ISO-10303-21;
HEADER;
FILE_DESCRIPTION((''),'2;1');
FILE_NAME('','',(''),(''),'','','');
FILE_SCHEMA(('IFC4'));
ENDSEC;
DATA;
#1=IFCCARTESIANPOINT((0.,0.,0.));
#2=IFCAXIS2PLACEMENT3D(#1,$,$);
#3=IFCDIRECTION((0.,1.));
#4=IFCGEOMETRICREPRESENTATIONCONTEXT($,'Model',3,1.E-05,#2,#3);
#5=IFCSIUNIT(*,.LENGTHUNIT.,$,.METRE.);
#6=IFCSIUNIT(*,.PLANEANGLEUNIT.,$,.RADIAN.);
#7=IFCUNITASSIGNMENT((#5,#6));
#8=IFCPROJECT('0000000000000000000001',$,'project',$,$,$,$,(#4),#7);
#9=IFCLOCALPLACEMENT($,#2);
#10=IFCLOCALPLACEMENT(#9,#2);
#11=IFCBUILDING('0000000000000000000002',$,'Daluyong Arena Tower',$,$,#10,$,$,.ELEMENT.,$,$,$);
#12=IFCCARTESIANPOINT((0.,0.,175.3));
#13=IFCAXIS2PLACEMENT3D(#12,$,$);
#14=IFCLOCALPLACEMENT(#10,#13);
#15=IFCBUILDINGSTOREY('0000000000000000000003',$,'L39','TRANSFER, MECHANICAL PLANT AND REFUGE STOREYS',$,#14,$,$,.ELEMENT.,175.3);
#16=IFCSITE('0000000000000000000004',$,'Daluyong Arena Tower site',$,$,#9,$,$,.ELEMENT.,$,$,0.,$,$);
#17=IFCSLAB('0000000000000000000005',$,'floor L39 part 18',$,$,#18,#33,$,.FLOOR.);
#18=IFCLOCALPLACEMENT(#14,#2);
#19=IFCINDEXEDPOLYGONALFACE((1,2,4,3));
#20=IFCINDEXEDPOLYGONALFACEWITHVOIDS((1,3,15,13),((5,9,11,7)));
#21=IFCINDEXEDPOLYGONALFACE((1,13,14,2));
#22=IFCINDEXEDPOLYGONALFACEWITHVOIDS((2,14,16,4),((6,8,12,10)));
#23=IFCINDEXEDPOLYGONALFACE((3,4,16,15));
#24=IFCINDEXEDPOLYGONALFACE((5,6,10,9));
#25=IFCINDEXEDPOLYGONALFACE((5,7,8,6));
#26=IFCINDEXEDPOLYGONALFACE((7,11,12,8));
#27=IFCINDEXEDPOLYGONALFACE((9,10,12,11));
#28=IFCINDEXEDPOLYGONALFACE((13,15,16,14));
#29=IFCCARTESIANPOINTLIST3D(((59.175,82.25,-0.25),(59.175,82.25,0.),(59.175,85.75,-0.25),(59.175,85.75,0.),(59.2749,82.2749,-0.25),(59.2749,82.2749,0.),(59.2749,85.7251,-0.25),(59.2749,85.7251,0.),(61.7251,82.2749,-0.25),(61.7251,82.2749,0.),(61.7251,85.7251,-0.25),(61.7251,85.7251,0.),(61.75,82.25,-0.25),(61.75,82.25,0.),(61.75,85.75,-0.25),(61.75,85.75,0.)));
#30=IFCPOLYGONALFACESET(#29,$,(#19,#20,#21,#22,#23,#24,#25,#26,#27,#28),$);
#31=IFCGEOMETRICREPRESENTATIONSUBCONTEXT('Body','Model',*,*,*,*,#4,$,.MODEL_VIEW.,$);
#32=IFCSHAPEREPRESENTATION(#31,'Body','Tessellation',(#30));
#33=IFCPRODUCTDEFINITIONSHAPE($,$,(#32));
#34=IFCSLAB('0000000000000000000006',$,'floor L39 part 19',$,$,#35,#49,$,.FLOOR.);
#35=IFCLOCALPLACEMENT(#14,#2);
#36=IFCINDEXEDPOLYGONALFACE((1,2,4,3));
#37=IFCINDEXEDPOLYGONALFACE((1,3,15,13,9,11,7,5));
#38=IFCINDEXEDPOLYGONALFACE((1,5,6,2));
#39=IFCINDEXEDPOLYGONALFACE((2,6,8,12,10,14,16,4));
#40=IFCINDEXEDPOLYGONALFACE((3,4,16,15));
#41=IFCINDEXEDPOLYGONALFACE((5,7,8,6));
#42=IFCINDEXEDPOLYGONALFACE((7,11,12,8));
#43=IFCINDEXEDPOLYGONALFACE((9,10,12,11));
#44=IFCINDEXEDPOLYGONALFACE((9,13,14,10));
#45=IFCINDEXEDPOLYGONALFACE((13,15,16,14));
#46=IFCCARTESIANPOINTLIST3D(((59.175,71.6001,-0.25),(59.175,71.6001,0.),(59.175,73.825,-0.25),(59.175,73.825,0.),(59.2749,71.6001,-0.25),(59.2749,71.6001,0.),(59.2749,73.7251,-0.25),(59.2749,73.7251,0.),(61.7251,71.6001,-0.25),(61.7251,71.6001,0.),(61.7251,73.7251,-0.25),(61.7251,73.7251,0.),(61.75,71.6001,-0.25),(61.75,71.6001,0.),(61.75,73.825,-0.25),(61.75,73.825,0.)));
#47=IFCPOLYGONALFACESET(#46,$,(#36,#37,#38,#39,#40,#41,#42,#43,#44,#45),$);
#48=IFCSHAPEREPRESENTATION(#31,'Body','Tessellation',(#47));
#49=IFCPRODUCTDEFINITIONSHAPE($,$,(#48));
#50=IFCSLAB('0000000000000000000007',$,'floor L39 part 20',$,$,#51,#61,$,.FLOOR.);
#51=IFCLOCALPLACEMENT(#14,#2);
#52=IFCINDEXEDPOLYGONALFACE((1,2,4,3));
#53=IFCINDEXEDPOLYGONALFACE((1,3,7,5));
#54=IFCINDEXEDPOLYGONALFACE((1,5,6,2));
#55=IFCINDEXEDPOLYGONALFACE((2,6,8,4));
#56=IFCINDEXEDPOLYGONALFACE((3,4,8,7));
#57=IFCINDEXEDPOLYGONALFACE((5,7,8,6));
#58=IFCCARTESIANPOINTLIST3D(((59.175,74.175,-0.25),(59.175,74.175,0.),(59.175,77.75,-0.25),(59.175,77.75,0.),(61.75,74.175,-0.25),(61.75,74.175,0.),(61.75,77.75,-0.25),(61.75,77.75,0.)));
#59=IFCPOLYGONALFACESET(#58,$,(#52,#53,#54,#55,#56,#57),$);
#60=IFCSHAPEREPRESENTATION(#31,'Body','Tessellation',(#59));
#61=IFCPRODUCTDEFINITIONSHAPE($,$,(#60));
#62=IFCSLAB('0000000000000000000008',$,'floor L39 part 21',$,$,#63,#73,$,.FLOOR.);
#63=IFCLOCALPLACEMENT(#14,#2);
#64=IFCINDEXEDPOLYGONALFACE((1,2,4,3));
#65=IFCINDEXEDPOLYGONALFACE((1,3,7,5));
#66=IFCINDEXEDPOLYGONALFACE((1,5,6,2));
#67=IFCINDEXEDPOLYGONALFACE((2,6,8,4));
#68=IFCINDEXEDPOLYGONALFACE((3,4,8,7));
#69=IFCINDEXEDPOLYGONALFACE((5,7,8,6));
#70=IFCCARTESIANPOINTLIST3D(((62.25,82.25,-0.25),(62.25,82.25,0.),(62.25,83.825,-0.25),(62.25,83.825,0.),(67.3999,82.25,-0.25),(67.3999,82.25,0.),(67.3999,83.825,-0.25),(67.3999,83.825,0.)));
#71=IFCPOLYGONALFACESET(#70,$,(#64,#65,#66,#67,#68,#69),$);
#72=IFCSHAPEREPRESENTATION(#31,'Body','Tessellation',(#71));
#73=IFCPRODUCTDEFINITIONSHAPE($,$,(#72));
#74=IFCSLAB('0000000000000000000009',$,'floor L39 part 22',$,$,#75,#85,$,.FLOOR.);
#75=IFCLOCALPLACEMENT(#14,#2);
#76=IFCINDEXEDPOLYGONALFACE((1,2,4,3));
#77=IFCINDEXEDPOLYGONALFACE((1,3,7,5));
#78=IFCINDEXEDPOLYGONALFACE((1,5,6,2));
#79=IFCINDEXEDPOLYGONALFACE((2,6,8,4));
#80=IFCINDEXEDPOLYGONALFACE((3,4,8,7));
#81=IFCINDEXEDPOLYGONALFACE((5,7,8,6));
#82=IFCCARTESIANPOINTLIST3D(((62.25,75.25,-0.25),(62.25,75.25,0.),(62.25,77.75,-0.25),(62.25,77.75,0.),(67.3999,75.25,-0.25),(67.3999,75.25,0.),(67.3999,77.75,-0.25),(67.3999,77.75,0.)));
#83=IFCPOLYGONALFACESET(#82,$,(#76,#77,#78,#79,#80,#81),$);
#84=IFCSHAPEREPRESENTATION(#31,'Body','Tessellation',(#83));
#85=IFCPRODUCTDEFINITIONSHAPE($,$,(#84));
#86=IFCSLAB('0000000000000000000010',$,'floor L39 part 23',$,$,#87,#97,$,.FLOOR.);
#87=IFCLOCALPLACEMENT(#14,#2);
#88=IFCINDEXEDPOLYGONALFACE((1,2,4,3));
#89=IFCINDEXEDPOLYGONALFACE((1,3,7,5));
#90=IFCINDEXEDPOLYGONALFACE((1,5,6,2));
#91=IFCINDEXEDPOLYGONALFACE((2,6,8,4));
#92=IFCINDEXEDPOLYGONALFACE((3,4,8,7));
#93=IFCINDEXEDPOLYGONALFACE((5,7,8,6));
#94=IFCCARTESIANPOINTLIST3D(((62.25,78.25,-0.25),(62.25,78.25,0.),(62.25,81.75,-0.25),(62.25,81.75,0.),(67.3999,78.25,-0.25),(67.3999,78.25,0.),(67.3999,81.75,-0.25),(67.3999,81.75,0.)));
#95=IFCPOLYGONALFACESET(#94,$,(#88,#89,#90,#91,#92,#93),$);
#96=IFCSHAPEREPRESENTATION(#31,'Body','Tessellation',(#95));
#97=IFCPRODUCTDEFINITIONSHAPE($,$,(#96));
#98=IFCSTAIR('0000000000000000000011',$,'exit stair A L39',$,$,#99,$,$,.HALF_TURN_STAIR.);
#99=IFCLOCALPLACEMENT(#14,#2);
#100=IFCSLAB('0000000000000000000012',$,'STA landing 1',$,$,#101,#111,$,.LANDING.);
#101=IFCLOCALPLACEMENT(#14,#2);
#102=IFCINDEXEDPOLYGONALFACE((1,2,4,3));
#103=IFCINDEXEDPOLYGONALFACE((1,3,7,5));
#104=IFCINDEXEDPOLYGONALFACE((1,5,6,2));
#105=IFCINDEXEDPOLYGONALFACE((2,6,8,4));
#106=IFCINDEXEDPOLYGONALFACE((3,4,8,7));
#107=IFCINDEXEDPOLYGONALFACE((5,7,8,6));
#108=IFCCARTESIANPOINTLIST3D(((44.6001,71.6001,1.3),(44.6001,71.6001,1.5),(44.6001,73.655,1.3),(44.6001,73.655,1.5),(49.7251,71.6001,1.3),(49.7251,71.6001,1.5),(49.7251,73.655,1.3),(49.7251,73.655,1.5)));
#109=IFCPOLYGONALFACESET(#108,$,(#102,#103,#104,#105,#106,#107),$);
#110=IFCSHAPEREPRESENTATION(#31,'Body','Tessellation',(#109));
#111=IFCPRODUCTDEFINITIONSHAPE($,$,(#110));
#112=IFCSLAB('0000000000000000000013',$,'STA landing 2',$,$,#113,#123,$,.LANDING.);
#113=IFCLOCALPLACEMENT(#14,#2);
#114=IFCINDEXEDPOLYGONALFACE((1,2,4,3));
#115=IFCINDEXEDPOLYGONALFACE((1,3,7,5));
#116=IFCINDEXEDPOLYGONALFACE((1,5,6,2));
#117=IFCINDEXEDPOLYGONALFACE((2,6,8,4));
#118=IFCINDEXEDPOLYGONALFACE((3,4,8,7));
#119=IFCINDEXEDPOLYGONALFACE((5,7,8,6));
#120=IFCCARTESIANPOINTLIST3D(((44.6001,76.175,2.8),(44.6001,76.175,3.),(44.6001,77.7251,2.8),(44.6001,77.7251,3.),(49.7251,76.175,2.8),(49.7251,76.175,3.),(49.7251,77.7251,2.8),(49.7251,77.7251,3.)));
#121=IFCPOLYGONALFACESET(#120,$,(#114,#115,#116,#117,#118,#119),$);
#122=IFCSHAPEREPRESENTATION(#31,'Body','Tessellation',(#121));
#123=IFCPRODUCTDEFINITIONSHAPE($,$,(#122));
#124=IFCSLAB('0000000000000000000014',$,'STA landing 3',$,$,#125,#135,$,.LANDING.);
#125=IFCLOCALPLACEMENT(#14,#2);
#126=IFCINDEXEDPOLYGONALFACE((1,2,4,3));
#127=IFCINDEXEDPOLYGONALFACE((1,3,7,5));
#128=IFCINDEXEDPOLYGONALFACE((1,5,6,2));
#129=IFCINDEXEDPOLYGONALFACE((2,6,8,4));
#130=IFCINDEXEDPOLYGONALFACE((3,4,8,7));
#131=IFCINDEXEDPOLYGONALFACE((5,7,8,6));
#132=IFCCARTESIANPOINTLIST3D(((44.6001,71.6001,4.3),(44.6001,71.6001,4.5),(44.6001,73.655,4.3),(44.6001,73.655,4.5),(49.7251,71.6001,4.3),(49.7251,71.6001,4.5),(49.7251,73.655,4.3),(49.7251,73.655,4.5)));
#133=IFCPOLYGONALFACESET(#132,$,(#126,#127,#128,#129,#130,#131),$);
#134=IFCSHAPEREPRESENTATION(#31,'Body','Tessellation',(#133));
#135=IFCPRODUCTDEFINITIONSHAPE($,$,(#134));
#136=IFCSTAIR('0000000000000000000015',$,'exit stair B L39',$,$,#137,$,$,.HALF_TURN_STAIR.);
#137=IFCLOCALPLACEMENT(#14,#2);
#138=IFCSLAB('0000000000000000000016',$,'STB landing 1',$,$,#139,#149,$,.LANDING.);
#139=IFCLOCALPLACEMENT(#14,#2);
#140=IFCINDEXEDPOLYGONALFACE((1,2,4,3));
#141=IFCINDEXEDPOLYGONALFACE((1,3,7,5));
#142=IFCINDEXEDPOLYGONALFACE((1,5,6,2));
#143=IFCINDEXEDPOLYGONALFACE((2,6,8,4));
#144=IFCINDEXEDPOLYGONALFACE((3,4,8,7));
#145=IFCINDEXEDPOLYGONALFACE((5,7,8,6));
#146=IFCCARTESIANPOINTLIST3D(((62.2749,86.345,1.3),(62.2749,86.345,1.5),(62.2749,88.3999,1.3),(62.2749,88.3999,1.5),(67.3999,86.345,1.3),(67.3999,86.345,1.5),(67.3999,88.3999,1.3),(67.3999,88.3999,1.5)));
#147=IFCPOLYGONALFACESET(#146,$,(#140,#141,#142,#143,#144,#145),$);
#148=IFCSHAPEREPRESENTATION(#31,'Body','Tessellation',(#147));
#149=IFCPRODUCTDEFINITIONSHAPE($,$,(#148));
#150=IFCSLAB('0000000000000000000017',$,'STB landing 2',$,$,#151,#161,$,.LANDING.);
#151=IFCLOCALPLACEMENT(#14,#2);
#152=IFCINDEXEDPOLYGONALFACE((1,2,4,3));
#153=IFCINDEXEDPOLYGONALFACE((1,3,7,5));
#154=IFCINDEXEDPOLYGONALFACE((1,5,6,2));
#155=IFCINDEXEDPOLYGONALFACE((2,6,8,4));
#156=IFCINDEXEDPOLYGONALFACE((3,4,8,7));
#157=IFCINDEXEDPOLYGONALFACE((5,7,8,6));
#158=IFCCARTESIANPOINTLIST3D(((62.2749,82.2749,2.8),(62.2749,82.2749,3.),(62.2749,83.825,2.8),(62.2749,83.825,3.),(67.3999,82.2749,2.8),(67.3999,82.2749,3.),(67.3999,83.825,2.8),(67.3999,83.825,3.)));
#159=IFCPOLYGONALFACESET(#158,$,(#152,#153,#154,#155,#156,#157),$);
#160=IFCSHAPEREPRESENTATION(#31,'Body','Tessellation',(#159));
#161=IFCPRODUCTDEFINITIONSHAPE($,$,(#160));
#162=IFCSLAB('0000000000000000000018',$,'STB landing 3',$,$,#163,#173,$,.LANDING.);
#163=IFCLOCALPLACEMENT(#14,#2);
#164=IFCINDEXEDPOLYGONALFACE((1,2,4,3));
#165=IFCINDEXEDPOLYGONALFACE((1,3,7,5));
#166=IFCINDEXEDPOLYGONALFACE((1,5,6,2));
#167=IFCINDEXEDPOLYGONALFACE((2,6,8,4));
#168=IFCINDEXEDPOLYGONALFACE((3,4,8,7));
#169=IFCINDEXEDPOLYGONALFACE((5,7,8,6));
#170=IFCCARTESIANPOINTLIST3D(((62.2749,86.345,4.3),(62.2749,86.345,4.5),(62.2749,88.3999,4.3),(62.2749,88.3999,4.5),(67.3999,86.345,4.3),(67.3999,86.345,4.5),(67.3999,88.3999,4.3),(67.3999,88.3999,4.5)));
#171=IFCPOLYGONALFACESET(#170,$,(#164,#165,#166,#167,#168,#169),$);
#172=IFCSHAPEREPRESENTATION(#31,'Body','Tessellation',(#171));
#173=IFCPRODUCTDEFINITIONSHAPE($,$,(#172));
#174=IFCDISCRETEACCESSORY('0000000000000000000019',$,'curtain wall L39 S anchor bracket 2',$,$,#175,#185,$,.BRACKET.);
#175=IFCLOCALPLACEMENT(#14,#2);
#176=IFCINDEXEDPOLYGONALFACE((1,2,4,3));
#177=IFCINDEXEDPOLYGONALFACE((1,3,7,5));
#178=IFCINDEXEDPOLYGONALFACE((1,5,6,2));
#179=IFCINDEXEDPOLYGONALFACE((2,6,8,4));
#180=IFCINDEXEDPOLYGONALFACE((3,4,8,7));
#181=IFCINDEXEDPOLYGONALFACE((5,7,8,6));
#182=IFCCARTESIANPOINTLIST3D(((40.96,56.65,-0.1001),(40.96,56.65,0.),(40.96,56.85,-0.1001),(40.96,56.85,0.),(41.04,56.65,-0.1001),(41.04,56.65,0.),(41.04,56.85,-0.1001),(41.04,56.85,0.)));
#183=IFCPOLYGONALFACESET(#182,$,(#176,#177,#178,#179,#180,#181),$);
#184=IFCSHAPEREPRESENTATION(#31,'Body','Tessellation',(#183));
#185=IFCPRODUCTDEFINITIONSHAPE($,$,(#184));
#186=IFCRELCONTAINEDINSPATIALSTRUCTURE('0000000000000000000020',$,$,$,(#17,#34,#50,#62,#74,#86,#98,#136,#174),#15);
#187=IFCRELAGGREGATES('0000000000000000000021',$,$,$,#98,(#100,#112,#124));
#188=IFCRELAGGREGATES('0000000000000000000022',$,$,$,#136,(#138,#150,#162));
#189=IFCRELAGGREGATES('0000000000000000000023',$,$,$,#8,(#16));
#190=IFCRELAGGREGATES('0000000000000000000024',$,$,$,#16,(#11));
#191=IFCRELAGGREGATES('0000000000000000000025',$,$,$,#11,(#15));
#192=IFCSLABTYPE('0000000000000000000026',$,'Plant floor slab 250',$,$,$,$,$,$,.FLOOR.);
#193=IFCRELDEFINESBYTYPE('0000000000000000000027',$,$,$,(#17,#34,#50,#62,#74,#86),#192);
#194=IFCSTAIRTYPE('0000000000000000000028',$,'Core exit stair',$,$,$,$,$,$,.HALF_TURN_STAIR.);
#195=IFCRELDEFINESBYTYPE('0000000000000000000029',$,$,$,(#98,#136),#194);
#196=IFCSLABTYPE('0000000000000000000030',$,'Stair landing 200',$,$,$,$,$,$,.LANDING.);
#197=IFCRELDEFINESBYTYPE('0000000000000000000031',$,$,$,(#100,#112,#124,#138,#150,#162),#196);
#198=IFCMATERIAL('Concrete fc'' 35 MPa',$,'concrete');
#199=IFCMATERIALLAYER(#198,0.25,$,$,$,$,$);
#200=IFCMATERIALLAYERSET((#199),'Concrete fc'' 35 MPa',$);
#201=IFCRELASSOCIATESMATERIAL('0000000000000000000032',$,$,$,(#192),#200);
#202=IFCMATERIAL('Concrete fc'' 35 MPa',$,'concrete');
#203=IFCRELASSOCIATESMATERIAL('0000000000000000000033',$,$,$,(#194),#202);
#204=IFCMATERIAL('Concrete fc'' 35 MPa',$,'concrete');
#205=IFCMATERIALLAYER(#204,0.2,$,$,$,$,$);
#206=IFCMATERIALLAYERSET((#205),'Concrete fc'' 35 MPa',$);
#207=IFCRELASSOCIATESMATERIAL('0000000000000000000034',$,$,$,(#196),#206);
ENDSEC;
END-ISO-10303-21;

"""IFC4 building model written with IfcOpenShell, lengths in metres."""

from ifc_helpers import new_model, si_unit, direction, frame, origin, origin_2d, place, context, subcontext, project, spatial, polyline, rectangle, outline, extrude, material, layer, layer_set, type_object, element, aggregate, save


model = new_model("IFC4")

# Units and contexts
model_context = context("Model", 3, precision=1e-05, world=origin(), true_north=direction((0.0, 1.0)))
body_context = subcontext(model_context, "Body", "Model", "MODEL_VIEW")
ifc_project = project(units=[si_unit("LENGTHUNIT", "METRE"), si_unit("PLANEANGLEUNIT", "RADIAN")], contexts=[model_context])

# Site, building, storey
site_placement = place(None, origin())
site = spatial("IfcSite", under=ifc_project, at=site_placement, Name="Daluyong Arena Tower site", CompositionType="ELEMENT", RefElevation=0.0)
building_placement = place(site_placement, origin())
building = spatial("IfcBuilding", under=site, at=building_placement, Name="Daluyong Arena Tower", CompositionType="ELEMENT")
storey_placement = place(building_placement, frame((0.0, 0.0, 175.3)))
storey = spatial("IfcBuildingStorey", under=building, at=storey_placement, Name="L39", Description="TRANSFER, MECHANICAL PLANT AND REFUGE STOREYS", CompositionType="ELEMENT", Elevation=175.3)

# Slabs
ifc_material_1 = material(Name="Concrete fc' 35 MPa", Category="concrete")
ifc_layer_1 = layer(ifc_material_1, 0.25)
ifc_layer_set_1 = layer_set([ifc_layer_1], Name="Concrete fc' 35 MPa")
slab_type_1 = type_object("IfcSlabType", Name="Plant floor slab 250", PredefinedType="FLOOR", material=ifc_layer_set_1)
slab_1_placement = place(storey_placement, frame((0.0, 0.0, -0.25)))
element("IfcSlab", 1, at=slab_1_placement, inside=storey, type_object=slab_type_1, Name="floor L39 part 18", PredefinedType="FLOOR", context=body_context, shape_type="SweptSolid", body=[
    extrude(outline(polyline([(59.175, 85.75), (59.175, 82.25), (61.75, 82.25), (61.75, 85.75), (59.175, 85.75)]), holes=[polyline([(61.7251, 85.7251), (61.7251, 82.2749), (59.2749, 82.2749), (59.2749, 85.7251), (61.7251, 85.7251)])]), origin(), (0.0, 0.0, 1.0), 0.25),
])
slab_2_placement = place(storey_placement, frame((0.0, 0.0, -0.25)))
element("IfcSlab", 2, at=slab_2_placement, inside=storey, type_object=slab_type_1, Name="floor L39 part 19", PredefinedType="FLOOR", context=body_context, shape_type="SweptSolid", body=[
    extrude(outline(polyline([(61.75, 71.6001), (61.75, 73.825), (59.175, 73.825), (59.175, 71.6001), (59.2749, 71.6001), (59.2749, 73.7251), (61.7251, 73.7251), (61.7251, 71.6001), (61.75, 71.6001)])), origin(), (0.0, 0.0, 1.0), 0.25),
])
slab_3_placement = place(storey_placement, frame((0.0, 0.0, -0.25)))
element("IfcSlab", 3, at=slab_3_placement, inside=storey, type_object=slab_type_1, Name="floor L39 part 20", PredefinedType="FLOOR", context=body_context, shape_type="SweptSolid", body=[
    extrude(outline(polyline([(59.175, 77.75), (59.175, 74.175), (61.75, 74.175), (61.75, 77.75), (59.175, 77.75)])), origin(), (0.0, 0.0, 1.0), 0.25),
])
slab_4_placement = place(storey_placement, frame((0.0, 0.0, -0.25)))
element("IfcSlab", 4, at=slab_4_placement, inside=storey, type_object=slab_type_1, Name="floor L39 part 21", PredefinedType="FLOOR", context=body_context, shape_type="SweptSolid", body=[
    extrude(outline(polyline([(62.25, 82.25), (67.3999, 82.25), (67.3999, 83.825), (62.25, 83.825), (62.25, 82.25)])), origin(), (0.0, 0.0, 1.0), 0.25),
])
slab_5_placement = place(storey_placement, frame((0.0, 0.0, -0.25)))
element("IfcSlab", 5, at=slab_5_placement, inside=storey, type_object=slab_type_1, Name="floor L39 part 22", PredefinedType="FLOOR", context=body_context, shape_type="SweptSolid", body=[
    extrude(outline(polyline([(62.25, 75.25), (67.3999, 75.25), (67.3999, 77.75), (62.25, 77.75), (62.25, 75.25)])), origin(), (0.0, 0.0, 1.0), 0.25),
])
slab_6_placement = place(storey_placement, frame((0.0, 0.0, -0.25)))
element("IfcSlab", 6, at=slab_6_placement, inside=storey, type_object=slab_type_1, Name="floor L39 part 23", PredefinedType="FLOOR", context=body_context, shape_type="SweptSolid", body=[
    extrude(outline(polyline([(62.25, 78.25), (67.3999, 78.25), (67.3999, 81.75), (62.25, 81.75), (62.25, 78.25)])), origin(), (0.0, 0.0, 1.0), 0.25),
])

# Stairs, slabs
ifc_material_2 = material(Name="Concrete fc' 35 MPa", Category="concrete")
stair_type = type_object("IfcStairType", Name="Core exit stair", PredefinedType="HALF_TURN_STAIR", material=ifc_material_2)
stair_1_placement = place(storey_placement, origin())
stair_1 = element("IfcStair", 7, at=stair_1_placement, inside=storey, type_object=stair_type, Name="exit stair A L39", PredefinedType="HALF_TURN_STAIR")
ifc_material_3 = material(Name="Concrete fc' 35 MPa", Category="concrete")
ifc_layer_2 = layer(ifc_material_3, 0.2)
ifc_layer_set_2 = layer_set([ifc_layer_2], Name="Concrete fc' 35 MPa")
slab_type_2 = type_object("IfcSlabType", Name="Stair landing 200", PredefinedType="LANDING", material=ifc_layer_set_2)
slab_7_placement = place(storey_placement, frame((0.0, 0.0, 1.3)))
slab_7 = element("IfcSlab", 8, at=slab_7_placement, type_object=slab_type_2, Name="STA landing 1", PredefinedType="LANDING", context=body_context, shape_type="SweptSolid", body=[
    extrude(outline(polyline([(44.6001, 71.6001), (49.7251, 71.6001), (49.7251, 73.655), (44.6001, 73.655), (44.6001, 71.6001)])), origin(), (0.0, 0.0, 1.0), 0.2),
])
slab_8_placement = place(storey_placement, frame((0.0, 0.0, 2.8)))
slab_8 = element("IfcSlab", 9, at=slab_8_placement, type_object=slab_type_2, Name="STA landing 2", PredefinedType="LANDING", context=body_context, shape_type="SweptSolid", body=[
    extrude(outline(polyline([(44.6001, 76.175), (49.7251, 76.175), (49.7251, 77.7251), (44.6001, 77.7251), (44.6001, 76.175)])), origin(), (0.0, 0.0, 1.0), 0.2),
])
slab_9_placement = place(storey_placement, frame((0.0, 0.0, 4.3)))
slab_9 = element("IfcSlab", 10, at=slab_9_placement, type_object=slab_type_2, Name="STA landing 3", PredefinedType="LANDING", context=body_context, shape_type="SweptSolid", body=[
    extrude(outline(polyline([(44.6001, 71.6001), (49.7251, 71.6001), (49.7251, 73.655), (44.6001, 73.655), (44.6001, 71.6001)])), origin(), (0.0, 0.0, 1.0), 0.2),
])
aggregate(stair_1, [slab_7, slab_8, slab_9])
stair_2_placement = place(storey_placement, origin())
stair_2 = element("IfcStair", 11, at=stair_2_placement, inside=storey, type_object=stair_type, Name="exit stair B L39", PredefinedType="HALF_TURN_STAIR")
slab_10_placement = place(storey_placement, frame((0.0, 0.0, 1.3)))
slab_10 = element("IfcSlab", 12, at=slab_10_placement, type_object=slab_type_2, Name="STB landing 1", PredefinedType="LANDING", context=body_context, shape_type="SweptSolid", body=[
    extrude(outline(polyline([(62.2749, 86.345), (67.3999, 86.345), (67.3999, 88.3999), (62.2749, 88.3999), (62.2749, 86.345)])), origin(), (0.0, 0.0, 1.0), 0.2),
])
slab_11_placement = place(storey_placement, frame((0.0, 0.0, 2.8)))
slab_11 = element("IfcSlab", 13, at=slab_11_placement, type_object=slab_type_2, Name="STB landing 2", PredefinedType="LANDING", context=body_context, shape_type="SweptSolid", body=[
    extrude(outline(polyline([(62.2749, 82.2749), (67.3999, 82.2749), (67.3999, 83.825), (62.2749, 83.825), (62.2749, 82.2749)])), origin(), (0.0, 0.0, 1.0), 0.2),
])
slab_12_placement = place(storey_placement, frame((0.0, 0.0, 4.3)))
slab_12 = element("IfcSlab", 14, at=slab_12_placement, type_object=slab_type_2, Name="STB landing 3", PredefinedType="LANDING", context=body_context, shape_type="SweptSolid", body=[
    extrude(outline(polyline([(62.2749, 86.345), (67.3999, 86.345), (67.3999, 88.3999), (62.2749, 88.3999), (62.2749, 86.345)])), origin(), (0.0, 0.0, 1.0), 0.2),
])
aggregate(stair_2, [slab_10, slab_11, slab_12])

# Discrete accessory
discrete_accessory_placement = place(storey_placement, frame((41.0, 56.75, -0.1001), z_axis=(0.0, 0.0, 1.0), x_axis=(1.0, 0.0, 0.0)))
element("IfcDiscreteAccessory", 15, at=discrete_accessory_placement, inside=storey, Name="curtain wall L39 S anchor bracket 2", PredefinedType="BRACKET", context=body_context, shape_type="SweptSolid", body=[
    extrude(rectangle(XDim=0.0801, YDim=0.2, at=origin_2d()), origin(), (0.0, 0.0, 1.0), 0.1001),
])

save(model, "model.ifc")
